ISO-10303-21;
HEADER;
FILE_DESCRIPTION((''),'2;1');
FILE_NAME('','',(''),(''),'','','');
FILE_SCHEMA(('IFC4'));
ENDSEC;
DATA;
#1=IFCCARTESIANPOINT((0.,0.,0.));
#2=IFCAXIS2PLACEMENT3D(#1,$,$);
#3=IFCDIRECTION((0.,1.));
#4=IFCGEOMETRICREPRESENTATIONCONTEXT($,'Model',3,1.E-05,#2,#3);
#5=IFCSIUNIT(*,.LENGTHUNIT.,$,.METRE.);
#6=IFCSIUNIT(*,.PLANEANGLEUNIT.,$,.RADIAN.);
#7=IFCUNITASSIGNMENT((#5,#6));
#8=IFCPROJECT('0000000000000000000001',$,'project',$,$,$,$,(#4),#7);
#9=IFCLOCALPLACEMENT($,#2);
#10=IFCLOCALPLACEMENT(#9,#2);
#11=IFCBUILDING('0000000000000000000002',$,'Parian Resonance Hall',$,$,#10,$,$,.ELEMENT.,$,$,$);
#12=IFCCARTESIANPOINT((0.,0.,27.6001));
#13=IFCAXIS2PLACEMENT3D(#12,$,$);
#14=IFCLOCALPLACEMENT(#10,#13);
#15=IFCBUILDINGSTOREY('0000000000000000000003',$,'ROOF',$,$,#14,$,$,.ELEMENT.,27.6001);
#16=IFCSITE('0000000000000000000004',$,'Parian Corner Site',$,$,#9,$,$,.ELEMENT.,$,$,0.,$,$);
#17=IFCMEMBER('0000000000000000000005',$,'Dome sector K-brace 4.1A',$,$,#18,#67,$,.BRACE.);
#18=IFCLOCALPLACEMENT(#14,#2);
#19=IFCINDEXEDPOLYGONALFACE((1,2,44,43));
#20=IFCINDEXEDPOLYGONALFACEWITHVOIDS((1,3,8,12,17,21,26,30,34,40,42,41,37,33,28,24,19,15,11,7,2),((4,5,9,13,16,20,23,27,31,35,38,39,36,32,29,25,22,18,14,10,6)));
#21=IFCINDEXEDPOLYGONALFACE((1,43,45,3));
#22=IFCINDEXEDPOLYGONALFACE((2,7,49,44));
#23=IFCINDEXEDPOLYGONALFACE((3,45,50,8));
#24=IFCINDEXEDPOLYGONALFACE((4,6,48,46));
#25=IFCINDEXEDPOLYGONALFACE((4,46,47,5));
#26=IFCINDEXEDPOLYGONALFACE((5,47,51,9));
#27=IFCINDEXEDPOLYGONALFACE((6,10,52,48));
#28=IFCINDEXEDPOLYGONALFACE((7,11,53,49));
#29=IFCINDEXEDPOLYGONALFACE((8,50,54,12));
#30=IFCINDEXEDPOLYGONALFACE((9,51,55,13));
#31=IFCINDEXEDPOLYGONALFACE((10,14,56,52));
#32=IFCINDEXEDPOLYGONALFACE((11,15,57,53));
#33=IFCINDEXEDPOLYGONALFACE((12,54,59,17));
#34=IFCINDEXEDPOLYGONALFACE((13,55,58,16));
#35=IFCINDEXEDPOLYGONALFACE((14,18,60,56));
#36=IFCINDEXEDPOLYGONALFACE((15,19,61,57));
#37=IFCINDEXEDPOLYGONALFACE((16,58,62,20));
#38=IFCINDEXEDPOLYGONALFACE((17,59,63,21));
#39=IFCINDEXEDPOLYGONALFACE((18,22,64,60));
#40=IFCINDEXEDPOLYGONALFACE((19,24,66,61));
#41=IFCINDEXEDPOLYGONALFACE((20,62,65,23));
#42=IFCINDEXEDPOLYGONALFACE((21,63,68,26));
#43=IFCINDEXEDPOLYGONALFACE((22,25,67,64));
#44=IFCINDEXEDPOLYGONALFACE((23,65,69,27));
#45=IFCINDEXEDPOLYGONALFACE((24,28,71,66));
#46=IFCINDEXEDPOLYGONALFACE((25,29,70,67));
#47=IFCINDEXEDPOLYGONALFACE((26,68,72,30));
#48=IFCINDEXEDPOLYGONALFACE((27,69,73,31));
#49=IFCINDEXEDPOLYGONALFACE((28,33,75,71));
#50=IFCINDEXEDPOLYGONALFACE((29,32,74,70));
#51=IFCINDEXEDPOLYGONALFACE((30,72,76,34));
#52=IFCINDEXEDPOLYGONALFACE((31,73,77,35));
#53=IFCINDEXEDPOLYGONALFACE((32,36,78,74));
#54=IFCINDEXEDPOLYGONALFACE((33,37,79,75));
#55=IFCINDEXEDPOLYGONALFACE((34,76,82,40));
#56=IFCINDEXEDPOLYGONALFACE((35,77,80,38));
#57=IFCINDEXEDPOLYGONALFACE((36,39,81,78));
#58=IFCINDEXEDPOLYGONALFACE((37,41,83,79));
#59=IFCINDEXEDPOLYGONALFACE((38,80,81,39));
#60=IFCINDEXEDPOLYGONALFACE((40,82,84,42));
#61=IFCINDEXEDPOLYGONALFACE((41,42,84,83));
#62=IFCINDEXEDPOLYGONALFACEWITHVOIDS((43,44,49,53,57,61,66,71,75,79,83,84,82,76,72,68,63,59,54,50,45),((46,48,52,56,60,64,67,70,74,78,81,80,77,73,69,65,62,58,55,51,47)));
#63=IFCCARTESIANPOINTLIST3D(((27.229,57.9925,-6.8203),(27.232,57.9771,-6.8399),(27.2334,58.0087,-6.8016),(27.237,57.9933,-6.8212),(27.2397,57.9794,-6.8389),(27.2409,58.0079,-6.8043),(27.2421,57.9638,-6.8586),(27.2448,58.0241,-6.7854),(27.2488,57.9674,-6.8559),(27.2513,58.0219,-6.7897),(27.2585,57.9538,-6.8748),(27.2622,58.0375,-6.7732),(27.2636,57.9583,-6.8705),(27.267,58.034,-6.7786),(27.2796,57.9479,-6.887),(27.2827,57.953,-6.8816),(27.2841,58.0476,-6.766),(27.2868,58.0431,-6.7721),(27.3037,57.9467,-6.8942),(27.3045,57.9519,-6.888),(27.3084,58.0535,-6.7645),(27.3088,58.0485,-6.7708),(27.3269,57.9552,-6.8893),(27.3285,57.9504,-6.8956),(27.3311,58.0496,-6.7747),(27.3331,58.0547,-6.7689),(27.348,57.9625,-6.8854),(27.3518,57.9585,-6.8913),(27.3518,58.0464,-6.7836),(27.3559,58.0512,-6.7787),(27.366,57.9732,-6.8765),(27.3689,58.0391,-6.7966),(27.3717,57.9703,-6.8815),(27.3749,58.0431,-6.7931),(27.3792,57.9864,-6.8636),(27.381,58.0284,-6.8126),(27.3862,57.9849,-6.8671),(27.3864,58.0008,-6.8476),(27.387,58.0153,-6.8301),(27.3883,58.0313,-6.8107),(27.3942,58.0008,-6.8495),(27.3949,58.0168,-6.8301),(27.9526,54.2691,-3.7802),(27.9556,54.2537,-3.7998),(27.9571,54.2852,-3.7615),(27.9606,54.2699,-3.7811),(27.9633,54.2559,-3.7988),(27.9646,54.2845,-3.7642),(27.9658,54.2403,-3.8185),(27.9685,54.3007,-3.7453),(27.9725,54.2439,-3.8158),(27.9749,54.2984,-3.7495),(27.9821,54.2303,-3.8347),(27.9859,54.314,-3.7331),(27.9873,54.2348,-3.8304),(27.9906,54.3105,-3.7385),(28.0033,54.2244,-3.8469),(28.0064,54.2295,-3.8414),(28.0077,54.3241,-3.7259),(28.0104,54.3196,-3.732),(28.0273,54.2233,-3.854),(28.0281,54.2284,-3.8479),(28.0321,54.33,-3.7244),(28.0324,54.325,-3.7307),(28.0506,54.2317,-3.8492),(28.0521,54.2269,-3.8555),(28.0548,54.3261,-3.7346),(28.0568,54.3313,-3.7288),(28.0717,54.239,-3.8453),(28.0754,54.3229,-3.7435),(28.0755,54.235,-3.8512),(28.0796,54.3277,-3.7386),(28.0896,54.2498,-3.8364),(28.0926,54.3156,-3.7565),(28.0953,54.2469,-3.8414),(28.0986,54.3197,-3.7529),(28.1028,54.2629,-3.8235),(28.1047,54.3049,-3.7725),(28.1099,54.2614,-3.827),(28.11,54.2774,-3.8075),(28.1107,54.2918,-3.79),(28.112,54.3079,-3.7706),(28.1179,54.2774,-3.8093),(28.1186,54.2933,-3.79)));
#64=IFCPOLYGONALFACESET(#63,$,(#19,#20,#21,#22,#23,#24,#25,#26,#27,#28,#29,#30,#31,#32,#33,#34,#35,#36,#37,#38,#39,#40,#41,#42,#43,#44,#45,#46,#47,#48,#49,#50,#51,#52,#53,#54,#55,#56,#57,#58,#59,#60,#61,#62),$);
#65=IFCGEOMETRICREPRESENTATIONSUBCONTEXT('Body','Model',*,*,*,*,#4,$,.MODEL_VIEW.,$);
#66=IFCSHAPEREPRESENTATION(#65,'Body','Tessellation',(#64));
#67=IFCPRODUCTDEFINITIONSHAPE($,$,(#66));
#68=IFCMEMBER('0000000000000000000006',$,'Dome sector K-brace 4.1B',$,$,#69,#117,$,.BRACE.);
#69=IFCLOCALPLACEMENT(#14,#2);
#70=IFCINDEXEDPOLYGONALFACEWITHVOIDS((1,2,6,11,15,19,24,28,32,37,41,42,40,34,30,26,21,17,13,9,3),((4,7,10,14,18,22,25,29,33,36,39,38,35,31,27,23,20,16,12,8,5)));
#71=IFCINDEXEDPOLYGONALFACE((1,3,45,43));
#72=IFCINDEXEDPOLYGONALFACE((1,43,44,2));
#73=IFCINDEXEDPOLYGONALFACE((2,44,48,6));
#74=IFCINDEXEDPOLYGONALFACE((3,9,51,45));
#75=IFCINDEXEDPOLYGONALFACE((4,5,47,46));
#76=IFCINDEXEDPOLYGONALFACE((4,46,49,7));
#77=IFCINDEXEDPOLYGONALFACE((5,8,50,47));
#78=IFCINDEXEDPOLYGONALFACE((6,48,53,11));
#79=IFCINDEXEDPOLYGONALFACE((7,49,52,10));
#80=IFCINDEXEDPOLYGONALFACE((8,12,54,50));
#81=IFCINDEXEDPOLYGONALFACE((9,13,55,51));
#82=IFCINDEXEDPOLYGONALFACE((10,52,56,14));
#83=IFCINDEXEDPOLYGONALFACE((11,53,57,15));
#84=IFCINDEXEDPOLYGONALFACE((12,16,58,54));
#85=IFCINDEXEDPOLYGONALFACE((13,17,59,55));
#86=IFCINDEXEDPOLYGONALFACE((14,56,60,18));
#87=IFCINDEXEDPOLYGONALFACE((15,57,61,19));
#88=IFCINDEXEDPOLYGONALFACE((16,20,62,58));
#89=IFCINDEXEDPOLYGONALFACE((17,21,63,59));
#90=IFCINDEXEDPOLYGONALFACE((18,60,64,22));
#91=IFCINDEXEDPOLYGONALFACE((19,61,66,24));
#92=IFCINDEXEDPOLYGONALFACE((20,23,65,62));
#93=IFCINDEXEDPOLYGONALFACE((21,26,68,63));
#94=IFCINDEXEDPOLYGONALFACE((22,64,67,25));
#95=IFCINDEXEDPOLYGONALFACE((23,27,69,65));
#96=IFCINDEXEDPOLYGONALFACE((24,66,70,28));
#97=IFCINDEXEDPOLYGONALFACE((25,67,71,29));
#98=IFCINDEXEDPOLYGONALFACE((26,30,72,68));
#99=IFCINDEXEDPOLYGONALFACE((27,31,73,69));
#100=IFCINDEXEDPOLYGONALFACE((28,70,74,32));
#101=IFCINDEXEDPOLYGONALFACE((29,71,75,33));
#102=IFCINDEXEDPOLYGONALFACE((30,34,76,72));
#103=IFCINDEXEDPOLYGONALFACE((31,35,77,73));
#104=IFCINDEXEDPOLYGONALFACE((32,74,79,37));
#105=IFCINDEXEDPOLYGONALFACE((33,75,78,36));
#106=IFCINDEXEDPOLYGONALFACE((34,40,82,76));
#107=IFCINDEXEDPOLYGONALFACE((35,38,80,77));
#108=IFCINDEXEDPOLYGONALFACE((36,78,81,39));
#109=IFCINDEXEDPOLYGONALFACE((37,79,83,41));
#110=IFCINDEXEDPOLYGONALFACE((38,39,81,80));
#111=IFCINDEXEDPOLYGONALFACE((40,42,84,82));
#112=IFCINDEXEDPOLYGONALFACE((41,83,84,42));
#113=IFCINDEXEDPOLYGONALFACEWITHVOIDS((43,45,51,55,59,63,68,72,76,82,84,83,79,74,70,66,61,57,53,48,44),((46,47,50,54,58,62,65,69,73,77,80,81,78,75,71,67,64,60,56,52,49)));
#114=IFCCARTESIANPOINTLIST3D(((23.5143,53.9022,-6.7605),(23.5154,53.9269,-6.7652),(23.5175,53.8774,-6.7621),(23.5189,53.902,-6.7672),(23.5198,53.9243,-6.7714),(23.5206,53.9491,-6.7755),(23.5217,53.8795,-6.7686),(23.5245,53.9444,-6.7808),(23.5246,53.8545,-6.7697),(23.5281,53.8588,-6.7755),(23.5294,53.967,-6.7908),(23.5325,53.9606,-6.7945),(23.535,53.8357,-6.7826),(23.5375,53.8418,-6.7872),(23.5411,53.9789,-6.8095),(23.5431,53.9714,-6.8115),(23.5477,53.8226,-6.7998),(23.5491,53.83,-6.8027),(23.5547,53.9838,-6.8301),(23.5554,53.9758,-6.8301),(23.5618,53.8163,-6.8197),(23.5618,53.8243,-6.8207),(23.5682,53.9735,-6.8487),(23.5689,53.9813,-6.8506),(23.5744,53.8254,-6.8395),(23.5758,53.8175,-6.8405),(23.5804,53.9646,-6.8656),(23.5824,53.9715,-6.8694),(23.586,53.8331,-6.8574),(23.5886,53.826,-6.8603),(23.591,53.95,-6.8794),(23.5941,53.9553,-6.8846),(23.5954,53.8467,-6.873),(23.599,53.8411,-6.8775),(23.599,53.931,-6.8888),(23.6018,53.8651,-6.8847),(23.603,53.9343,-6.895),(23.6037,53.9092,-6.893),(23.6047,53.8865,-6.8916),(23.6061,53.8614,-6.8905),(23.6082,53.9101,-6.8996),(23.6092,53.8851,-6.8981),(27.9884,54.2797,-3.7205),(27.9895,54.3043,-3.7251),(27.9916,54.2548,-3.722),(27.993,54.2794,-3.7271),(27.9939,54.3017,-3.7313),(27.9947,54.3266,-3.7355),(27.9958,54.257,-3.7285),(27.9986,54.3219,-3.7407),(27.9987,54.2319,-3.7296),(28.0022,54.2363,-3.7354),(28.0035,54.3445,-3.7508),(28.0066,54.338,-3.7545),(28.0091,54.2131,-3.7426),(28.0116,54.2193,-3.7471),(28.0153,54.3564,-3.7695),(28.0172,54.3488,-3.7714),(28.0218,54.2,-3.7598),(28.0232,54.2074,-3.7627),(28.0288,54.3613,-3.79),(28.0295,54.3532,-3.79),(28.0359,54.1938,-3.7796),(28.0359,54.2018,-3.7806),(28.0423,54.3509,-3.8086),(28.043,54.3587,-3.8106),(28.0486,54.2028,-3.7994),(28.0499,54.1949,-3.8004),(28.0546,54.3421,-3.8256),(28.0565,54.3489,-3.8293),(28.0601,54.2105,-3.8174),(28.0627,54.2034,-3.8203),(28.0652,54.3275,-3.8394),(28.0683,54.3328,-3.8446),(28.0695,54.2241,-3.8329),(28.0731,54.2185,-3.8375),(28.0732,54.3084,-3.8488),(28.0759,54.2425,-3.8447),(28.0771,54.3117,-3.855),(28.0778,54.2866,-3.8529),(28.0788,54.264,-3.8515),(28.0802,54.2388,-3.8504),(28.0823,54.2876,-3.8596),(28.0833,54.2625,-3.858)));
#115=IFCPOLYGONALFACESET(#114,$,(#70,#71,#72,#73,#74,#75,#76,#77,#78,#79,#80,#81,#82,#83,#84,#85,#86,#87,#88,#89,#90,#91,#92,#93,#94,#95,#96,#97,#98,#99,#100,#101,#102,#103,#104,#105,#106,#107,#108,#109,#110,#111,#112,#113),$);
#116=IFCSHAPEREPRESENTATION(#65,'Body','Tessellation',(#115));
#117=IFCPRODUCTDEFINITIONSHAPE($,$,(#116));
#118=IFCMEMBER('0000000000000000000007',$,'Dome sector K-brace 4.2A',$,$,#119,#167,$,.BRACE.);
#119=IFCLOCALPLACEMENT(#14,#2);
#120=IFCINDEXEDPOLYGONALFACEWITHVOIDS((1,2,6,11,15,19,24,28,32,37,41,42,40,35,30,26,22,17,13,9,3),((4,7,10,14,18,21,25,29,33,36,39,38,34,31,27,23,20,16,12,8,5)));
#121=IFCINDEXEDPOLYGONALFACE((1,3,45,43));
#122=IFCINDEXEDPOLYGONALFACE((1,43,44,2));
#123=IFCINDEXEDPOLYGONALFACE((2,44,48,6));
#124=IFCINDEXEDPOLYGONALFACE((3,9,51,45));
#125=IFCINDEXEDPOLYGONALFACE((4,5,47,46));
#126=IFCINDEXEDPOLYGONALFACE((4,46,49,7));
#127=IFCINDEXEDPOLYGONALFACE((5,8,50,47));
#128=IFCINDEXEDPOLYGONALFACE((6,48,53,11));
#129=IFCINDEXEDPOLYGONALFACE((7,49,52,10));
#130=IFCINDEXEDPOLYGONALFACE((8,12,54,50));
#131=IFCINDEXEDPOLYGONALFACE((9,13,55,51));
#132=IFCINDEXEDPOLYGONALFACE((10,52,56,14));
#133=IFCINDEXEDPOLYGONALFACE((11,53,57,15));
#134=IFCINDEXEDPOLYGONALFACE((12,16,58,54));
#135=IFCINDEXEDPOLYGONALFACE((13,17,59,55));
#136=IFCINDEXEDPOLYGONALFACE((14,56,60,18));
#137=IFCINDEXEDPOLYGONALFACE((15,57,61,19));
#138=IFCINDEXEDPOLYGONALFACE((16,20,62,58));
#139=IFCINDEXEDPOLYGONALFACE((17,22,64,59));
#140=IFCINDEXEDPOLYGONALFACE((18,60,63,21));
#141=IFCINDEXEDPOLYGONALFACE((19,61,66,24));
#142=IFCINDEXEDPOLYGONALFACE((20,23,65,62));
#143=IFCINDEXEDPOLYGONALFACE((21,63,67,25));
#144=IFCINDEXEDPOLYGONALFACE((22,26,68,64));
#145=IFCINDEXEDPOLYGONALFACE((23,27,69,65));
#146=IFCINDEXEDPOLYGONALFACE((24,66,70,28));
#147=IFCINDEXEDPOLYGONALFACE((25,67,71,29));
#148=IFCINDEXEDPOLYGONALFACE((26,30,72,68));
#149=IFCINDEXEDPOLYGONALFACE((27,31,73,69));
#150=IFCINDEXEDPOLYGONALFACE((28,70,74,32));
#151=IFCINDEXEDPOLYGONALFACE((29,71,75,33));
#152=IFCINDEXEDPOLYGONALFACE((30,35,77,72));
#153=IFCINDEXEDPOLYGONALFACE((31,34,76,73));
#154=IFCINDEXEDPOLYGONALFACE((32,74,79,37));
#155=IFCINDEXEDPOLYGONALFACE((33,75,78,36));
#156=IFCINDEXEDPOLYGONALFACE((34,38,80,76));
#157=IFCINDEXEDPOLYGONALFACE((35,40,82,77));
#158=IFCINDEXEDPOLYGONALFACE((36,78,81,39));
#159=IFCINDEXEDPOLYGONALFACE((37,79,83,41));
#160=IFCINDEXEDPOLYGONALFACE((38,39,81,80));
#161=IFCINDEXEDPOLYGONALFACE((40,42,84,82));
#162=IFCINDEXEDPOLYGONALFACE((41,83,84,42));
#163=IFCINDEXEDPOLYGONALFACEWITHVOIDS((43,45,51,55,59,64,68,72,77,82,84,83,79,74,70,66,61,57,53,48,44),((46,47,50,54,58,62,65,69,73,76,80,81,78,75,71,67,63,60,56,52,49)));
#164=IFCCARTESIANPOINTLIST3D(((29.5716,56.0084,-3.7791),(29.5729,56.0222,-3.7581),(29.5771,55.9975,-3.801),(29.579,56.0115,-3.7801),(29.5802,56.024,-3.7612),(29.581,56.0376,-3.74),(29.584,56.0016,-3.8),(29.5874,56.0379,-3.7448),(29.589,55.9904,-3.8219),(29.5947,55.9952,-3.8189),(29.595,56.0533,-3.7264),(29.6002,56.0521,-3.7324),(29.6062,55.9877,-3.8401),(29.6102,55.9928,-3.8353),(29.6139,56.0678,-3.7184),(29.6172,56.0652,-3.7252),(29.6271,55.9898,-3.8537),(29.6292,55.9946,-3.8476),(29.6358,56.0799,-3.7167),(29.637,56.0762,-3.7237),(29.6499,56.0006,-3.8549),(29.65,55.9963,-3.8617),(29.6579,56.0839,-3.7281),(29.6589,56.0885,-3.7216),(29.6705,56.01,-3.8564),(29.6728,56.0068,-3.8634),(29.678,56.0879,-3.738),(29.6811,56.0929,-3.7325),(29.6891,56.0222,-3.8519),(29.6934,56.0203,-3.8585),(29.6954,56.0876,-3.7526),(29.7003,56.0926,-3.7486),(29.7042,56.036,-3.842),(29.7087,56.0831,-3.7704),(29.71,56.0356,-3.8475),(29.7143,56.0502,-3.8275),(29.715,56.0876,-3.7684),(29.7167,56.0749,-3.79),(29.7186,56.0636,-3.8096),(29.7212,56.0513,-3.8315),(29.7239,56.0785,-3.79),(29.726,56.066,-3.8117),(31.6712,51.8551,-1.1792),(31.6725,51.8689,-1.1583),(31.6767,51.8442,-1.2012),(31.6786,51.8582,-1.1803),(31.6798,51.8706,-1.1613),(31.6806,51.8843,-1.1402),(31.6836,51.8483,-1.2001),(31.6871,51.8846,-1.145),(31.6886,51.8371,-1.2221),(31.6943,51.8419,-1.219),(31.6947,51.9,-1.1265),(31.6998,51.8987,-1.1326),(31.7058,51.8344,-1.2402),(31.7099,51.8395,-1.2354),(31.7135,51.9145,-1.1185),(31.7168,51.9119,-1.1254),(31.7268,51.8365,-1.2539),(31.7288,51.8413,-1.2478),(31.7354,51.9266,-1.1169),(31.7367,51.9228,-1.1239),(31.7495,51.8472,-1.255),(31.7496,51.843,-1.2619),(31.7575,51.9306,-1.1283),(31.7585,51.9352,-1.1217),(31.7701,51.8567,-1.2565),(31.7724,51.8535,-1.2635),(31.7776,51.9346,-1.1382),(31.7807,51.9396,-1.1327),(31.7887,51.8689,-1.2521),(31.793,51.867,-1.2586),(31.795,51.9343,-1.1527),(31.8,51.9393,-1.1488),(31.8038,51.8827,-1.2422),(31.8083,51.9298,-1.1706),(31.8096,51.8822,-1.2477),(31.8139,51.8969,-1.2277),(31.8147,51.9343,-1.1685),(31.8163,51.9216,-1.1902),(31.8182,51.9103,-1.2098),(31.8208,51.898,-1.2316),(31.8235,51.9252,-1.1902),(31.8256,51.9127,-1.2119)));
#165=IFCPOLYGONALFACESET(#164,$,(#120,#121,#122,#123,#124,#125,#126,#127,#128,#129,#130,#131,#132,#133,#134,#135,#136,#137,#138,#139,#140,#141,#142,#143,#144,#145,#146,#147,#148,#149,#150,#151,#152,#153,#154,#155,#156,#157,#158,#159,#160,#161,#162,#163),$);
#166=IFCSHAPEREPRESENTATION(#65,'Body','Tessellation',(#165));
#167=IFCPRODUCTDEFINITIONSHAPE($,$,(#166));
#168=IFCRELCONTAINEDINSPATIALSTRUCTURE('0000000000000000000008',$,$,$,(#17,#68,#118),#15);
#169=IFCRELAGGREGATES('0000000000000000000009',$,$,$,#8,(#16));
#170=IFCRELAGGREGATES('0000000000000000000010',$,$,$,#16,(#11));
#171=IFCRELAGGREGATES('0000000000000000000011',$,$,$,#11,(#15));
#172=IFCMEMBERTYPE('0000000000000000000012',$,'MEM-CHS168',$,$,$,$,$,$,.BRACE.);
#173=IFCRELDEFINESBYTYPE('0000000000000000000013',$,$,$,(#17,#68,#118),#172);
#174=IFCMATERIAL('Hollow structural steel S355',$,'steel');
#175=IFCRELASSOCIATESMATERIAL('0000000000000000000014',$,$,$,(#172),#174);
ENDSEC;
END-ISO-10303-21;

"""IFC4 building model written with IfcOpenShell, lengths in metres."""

from ifc_helpers import new_model, si_unit, direction, frame, origin, origin_2d, place, context, subcontext, project, spatial, hollow_circle, extrude, material, material_profile, profile_set, type_object, element, save


model = new_model("IFC4")

# Units and contexts
model_context = context("Model", 3, precision=1e-05, world=origin(), true_north=direction((0.0, 1.0)))
body_context = subcontext(model_context, "Body", "Model", "MODEL_VIEW")
ifc_project = project(units=[si_unit("LENGTHUNIT", "METRE"), si_unit("PLANEANGLEUNIT", "RADIAN")], contexts=[model_context])

# Site, building, storey
site_placement = place(None, origin())
site = spatial("IfcSite", under=ifc_project, at=site_placement, Name="Parian Corner Site", CompositionType="ELEMENT", RefElevation=0.0)
building_placement = place(site_placement, origin())
building = spatial("IfcBuilding", under=site, at=building_placement, Name="Parian Resonance Hall", CompositionType="ELEMENT")
storey_placement = place(building_placement, frame((0.0, 0.0, 27.6001)))
storey = spatial("IfcBuildingStorey", under=building, at=storey_placement, Name="ROOF", CompositionType="ELEMENT", Elevation=27.6001)

# Members
ifc_material_1 = material(Name="Hollow structural steel S355", Category="steel")
ifc_material_profile_1 = material_profile(ifc_material_1, hollow_circle(Radius=0.0842, WallThickness=0.0081, at=origin_2d()), Name="CHS168.3x8")
ifc_profile_set_1 = profile_set([ifc_material_profile_1], Name="Hollow structural steel S355")
member_type_1 = type_object("IfcMemberType", Name="MEM-CHS168", PredefinedType="BRACE", material=ifc_profile_set_1)
member_1_placement = place(storey_placement, frame((27.3123, 58.0007, -6.8301), z_axis=(0.148866, -0.765975, 0.625397), x_axis=(0.981633, 0.190778, 0.0)))
element("IfcMember", 1, at=member_1_placement, inside=storey, type_object=member_type_1, Name="Dome sector K-brace 4.1A", PredefinedType="BRACE", context=body_context, shape_type="SweptSolid", body=[
    extrude(hollow_circle(Radius=0.0842, WallThickness=0.0081, at=origin_2d()), origin(), (0.0, 0.0, 1.0), 4.8611),
])
member_2_placement = place(storey_placement, frame((23.5618, 53.8999, -6.8301), z_axis=(0.825123, 0.069608, 0.560648), x_axis=(-0.084062, 0.99646, 0.0)))
element("IfcMember", 2, at=member_2_placement, inside=storey, type_object=member_type_1, Name="Dome sector K-brace 4.1B", PredefinedType="BRACE", context=body_context, shape_type="SweptSolid", body=[
    extrude(hollow_circle(Radius=0.0842, WallThickness=0.0081, at=origin_2d()), origin(), (0.0, 0.0, 1.0), 5.4224),
])
member_3_placement = place(storey_placement, frame((29.6487, 56.0405, -3.79), z_axis=(0.393862, -0.779114, 0.487702), x_axis=(0.892446, 0.451154, 0.0)))
element("IfcMember", 3, at=member_3_placement, inside=storey, type_object=member_type_1, Name="Dome sector K-brace 4.2A", PredefinedType="BRACE", context=body_context, shape_type="SweptSolid", body=[
    extrude(hollow_circle(Radius=0.0842, WallThickness=0.0081, at=origin_2d()), origin(), (0.0, 0.0, 1.0), 5.3308),
])

save(model, "model.ifc")
